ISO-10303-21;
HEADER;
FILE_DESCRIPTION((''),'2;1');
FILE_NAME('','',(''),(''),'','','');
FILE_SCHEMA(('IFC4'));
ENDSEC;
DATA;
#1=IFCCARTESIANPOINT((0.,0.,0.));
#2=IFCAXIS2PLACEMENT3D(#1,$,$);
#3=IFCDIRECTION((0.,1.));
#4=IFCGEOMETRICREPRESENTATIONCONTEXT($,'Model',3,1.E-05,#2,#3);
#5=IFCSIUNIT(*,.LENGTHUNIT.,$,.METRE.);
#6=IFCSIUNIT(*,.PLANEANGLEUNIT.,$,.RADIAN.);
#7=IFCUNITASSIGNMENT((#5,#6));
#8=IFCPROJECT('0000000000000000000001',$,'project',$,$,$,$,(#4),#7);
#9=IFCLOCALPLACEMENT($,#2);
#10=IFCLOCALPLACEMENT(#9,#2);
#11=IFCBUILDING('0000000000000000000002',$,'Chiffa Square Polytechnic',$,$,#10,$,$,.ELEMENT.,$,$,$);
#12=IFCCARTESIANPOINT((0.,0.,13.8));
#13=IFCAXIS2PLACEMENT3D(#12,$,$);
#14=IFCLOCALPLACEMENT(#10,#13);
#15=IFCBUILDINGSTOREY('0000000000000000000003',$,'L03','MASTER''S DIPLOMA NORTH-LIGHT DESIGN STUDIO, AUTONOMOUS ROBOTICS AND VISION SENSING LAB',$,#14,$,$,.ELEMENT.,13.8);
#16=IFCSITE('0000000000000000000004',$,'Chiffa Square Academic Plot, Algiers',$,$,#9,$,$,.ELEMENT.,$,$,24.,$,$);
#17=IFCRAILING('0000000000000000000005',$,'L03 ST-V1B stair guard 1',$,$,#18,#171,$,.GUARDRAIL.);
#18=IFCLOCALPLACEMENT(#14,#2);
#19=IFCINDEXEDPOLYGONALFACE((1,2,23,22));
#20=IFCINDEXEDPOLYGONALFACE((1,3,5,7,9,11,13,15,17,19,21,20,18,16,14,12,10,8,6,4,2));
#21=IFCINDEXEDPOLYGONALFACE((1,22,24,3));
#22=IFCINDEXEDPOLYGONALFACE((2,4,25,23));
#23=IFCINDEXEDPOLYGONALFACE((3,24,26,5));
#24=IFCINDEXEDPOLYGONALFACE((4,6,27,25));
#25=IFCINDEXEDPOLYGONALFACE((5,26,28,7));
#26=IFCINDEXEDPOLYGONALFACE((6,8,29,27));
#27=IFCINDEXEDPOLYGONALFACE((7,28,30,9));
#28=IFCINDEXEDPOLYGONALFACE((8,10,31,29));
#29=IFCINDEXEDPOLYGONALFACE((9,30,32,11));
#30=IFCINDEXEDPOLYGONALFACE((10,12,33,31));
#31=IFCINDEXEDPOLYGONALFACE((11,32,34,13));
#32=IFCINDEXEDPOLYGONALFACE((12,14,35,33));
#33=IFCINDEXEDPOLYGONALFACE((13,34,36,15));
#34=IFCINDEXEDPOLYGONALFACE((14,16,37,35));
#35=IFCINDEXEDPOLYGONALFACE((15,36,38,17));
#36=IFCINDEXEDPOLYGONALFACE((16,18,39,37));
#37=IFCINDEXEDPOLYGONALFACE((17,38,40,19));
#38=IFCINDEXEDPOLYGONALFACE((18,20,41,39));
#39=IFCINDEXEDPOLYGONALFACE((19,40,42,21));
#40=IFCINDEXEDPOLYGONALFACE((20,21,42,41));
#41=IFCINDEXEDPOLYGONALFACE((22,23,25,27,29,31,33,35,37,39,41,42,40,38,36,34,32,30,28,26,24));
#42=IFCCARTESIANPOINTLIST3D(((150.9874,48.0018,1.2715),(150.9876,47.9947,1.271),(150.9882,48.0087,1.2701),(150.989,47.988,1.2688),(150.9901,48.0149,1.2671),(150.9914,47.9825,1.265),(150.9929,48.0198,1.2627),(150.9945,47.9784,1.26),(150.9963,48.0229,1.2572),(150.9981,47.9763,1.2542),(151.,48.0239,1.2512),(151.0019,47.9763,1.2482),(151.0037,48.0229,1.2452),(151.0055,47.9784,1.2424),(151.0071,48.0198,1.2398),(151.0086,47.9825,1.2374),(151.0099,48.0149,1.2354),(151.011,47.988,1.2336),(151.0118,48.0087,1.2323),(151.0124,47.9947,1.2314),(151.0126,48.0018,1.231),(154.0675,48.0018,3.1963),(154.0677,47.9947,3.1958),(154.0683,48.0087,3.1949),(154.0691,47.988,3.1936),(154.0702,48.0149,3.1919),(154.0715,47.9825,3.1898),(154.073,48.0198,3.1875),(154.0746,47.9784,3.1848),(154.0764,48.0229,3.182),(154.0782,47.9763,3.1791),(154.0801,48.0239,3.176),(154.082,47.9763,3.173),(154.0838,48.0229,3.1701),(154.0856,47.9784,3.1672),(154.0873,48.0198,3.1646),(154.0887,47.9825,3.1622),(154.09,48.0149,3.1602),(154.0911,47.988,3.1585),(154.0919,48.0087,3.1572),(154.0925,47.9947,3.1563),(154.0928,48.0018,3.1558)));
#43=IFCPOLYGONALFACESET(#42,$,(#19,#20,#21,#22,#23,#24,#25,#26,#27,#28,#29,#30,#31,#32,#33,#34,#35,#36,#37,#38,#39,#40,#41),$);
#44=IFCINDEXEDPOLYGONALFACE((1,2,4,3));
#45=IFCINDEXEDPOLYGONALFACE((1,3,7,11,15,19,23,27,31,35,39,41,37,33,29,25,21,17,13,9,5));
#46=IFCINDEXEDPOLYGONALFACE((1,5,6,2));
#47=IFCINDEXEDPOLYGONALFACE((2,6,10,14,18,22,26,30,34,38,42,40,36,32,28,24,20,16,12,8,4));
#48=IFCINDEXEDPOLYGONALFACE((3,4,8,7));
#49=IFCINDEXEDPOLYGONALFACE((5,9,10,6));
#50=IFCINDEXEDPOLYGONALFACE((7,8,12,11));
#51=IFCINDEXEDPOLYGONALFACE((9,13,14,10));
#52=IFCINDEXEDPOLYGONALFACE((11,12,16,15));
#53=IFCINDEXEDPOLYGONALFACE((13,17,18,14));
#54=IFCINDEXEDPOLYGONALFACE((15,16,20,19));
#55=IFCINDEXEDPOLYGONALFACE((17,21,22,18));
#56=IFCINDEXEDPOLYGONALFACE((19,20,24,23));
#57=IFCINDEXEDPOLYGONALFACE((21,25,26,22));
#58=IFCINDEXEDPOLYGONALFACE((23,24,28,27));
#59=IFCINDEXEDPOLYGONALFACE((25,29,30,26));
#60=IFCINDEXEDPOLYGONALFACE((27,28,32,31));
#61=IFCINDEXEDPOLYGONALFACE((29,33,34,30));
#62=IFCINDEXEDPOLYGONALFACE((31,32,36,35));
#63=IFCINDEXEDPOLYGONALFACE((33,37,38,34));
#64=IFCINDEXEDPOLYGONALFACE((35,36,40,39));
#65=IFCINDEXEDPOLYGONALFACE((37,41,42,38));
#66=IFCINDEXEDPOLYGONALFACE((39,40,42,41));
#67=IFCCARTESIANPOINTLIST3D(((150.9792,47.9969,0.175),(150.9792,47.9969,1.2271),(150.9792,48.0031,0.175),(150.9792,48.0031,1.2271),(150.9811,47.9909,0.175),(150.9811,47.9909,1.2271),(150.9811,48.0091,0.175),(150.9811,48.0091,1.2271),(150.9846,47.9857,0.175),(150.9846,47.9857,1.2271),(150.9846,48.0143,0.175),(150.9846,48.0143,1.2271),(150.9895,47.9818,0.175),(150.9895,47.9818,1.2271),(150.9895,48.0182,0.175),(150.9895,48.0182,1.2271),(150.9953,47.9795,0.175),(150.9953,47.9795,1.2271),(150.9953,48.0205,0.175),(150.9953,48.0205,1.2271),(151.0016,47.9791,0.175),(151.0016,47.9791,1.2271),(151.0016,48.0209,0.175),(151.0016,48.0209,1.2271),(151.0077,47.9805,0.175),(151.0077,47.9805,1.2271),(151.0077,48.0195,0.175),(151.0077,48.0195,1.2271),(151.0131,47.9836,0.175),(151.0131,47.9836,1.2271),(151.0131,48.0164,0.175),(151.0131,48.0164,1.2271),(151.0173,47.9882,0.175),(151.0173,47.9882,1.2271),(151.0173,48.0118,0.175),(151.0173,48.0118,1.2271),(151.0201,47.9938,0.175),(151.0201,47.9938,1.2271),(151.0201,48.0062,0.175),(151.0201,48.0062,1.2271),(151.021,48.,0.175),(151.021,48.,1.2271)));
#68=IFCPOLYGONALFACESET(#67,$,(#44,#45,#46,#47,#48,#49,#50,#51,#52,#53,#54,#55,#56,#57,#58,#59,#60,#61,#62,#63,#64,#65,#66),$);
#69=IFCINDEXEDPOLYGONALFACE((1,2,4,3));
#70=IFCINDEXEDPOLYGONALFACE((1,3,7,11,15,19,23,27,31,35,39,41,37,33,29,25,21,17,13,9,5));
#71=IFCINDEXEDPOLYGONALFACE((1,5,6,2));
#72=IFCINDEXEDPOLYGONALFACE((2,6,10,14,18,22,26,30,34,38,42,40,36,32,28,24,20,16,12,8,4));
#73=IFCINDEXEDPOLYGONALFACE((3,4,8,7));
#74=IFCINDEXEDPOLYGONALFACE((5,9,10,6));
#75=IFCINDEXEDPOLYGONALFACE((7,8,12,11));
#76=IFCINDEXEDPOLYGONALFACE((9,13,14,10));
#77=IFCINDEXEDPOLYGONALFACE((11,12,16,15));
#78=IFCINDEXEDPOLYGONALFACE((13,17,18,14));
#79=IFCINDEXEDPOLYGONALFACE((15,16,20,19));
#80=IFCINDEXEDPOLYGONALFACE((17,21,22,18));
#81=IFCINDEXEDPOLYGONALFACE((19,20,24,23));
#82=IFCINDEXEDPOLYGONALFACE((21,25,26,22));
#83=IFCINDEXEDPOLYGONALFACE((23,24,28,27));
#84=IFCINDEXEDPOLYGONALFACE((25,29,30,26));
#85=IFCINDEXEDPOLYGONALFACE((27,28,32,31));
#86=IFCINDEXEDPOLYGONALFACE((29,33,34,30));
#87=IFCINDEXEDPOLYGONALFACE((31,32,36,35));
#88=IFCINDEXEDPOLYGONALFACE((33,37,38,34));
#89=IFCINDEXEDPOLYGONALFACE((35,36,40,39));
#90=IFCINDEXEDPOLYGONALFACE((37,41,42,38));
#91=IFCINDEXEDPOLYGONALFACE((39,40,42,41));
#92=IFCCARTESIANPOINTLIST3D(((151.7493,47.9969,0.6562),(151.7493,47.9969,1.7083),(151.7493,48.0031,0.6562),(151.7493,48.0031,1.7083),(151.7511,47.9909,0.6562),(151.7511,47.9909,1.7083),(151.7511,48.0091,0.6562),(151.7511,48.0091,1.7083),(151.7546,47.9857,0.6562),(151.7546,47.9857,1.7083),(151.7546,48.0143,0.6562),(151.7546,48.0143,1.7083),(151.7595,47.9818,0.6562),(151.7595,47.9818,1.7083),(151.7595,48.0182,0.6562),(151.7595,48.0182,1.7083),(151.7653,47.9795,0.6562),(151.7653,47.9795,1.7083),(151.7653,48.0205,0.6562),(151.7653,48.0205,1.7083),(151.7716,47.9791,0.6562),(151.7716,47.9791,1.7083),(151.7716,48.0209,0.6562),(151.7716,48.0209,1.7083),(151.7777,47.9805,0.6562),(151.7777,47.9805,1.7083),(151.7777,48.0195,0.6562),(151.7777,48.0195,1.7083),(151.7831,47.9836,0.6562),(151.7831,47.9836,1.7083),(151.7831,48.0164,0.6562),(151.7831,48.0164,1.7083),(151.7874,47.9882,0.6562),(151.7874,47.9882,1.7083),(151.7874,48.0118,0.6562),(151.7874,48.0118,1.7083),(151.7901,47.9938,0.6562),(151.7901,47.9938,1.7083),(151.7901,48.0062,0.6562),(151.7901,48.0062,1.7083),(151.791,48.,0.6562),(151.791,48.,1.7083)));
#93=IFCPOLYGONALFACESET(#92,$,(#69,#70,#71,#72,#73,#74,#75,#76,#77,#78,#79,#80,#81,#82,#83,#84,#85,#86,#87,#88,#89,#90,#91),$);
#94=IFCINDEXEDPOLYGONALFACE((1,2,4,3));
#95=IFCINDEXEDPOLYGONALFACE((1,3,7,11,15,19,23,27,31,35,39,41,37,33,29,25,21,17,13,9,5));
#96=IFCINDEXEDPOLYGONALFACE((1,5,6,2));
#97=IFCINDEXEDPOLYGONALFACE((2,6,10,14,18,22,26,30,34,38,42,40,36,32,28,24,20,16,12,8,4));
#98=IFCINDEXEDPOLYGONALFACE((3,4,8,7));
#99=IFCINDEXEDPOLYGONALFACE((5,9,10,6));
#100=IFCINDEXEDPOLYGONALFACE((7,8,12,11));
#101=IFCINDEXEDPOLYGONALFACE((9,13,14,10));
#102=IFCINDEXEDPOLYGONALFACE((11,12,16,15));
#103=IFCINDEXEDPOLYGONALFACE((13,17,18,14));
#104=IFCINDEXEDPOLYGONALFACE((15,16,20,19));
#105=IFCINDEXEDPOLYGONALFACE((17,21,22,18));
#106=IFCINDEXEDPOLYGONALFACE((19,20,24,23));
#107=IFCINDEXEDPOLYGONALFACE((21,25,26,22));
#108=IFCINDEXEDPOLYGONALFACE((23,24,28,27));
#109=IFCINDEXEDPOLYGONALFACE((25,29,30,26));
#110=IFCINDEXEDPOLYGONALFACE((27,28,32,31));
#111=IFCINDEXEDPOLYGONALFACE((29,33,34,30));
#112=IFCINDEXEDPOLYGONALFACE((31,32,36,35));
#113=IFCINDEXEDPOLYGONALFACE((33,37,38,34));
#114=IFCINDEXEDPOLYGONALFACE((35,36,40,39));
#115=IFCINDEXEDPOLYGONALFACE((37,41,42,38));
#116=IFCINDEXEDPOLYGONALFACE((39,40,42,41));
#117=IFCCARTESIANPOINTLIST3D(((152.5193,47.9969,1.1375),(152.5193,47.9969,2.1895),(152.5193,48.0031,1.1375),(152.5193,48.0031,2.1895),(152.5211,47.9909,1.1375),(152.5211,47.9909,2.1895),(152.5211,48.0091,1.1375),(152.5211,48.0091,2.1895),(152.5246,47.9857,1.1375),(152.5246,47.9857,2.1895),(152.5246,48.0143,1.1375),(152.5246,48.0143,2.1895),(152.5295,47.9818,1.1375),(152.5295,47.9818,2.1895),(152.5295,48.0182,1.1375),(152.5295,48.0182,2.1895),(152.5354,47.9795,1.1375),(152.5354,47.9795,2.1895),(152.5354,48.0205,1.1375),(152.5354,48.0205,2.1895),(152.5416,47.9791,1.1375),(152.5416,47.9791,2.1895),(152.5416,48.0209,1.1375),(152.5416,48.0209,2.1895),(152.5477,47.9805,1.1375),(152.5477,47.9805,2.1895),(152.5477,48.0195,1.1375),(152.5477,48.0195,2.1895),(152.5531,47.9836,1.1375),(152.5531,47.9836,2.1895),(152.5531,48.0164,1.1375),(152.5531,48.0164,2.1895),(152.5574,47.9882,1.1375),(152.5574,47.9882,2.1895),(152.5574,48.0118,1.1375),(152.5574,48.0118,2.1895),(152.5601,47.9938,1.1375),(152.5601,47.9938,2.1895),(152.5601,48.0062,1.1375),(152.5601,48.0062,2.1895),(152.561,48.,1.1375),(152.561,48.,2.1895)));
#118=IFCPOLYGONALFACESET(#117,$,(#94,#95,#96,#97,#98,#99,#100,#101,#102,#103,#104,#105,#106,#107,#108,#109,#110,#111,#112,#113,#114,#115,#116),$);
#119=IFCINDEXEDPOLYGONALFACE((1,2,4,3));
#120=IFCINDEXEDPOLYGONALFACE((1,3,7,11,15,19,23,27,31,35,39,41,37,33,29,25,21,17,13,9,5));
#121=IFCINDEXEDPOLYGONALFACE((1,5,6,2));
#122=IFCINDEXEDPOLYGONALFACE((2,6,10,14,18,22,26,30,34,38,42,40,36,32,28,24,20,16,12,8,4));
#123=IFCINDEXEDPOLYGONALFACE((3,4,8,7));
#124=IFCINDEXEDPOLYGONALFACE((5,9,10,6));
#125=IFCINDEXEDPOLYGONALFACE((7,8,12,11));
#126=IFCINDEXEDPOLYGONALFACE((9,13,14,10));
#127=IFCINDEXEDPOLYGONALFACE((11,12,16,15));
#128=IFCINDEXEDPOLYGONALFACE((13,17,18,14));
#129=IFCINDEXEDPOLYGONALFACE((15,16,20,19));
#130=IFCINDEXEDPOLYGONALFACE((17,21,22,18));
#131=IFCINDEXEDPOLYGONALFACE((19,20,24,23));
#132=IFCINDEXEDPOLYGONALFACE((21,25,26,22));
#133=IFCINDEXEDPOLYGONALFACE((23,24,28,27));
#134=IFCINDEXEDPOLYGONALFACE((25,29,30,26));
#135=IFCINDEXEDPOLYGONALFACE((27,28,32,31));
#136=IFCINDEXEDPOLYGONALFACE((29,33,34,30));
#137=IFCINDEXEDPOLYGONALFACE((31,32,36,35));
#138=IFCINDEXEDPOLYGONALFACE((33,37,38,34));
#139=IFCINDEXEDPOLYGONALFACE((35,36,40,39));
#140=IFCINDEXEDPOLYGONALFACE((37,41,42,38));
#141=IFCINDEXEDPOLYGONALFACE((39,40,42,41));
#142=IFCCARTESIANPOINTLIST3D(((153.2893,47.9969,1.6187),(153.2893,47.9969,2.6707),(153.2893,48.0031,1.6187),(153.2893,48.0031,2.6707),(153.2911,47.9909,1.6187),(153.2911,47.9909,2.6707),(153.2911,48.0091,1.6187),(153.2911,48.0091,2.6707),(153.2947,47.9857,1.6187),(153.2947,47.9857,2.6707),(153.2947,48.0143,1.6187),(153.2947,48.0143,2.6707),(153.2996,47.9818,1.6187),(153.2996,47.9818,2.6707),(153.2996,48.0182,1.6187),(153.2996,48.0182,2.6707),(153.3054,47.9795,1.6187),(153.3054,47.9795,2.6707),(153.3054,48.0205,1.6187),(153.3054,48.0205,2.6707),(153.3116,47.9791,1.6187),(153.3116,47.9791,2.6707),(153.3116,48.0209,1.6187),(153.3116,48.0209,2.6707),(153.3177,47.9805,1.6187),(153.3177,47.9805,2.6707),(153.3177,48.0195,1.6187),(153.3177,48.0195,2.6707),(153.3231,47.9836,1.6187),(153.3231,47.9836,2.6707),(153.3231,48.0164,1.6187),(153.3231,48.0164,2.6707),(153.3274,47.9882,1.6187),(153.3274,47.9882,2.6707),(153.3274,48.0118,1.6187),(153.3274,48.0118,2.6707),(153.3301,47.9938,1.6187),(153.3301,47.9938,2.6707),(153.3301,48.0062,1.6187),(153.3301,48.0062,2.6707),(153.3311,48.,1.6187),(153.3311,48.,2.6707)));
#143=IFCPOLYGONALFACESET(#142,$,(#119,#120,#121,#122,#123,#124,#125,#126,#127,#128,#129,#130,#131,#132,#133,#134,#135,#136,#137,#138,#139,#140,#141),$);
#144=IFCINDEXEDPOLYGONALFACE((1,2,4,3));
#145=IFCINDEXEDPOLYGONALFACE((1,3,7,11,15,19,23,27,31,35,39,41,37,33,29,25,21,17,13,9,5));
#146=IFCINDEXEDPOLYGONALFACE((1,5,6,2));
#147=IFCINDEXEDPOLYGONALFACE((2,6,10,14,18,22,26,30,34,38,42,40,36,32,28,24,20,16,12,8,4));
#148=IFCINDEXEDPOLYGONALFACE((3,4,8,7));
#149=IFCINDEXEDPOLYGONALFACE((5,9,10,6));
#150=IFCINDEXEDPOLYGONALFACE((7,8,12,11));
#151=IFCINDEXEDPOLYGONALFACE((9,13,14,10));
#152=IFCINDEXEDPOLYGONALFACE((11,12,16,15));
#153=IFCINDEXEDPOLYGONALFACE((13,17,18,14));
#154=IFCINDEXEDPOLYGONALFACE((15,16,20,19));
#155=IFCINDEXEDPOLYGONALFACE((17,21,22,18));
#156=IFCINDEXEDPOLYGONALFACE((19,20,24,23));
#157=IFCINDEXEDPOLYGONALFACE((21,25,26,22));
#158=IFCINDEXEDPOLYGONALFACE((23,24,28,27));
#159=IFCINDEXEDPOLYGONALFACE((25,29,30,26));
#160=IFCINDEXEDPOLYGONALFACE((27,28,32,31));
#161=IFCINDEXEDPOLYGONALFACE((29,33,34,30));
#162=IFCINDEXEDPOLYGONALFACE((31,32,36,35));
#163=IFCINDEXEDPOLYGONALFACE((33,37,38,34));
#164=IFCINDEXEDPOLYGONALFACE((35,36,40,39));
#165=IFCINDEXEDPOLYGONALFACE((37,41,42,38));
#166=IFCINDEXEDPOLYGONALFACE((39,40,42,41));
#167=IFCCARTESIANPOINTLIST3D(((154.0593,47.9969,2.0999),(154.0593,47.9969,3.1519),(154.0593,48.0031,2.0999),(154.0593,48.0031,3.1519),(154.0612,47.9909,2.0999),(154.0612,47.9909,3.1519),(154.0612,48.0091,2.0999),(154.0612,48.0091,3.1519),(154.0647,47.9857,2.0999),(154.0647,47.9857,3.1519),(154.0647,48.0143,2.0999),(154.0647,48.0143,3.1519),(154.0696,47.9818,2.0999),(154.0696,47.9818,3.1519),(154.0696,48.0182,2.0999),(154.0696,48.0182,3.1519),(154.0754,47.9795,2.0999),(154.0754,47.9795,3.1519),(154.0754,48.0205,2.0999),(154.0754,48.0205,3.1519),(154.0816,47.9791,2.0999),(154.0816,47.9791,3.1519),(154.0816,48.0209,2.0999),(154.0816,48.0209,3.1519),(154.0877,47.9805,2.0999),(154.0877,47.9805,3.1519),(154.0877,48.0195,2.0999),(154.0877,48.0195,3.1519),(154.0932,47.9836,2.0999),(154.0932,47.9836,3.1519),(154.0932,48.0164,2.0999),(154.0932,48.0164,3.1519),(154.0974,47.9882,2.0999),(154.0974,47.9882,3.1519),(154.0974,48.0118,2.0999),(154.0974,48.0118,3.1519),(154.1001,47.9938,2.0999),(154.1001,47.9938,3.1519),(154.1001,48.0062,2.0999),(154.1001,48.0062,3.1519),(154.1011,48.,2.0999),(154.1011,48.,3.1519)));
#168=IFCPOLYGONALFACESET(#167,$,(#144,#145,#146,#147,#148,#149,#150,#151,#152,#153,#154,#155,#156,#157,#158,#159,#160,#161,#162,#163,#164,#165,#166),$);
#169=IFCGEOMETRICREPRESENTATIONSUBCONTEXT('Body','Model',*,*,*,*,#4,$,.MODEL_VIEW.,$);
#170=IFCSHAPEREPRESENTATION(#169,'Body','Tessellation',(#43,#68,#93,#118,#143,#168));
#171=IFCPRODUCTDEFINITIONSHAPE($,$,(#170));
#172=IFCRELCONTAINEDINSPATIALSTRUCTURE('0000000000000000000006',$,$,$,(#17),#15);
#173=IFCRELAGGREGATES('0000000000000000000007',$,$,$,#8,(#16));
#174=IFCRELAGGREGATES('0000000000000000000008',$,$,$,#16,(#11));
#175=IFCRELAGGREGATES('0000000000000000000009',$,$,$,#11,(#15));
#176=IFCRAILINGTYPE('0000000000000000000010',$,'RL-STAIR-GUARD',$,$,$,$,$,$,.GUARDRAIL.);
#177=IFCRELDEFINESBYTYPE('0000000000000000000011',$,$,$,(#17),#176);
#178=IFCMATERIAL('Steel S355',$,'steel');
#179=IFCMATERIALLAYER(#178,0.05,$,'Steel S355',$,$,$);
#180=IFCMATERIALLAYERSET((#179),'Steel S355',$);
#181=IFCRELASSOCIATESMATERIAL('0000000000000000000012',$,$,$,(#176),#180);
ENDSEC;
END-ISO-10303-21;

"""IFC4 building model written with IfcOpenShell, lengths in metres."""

from ifc_helpers import new_model, si_unit, direction, frame, origin, origin_2d, place, context, subcontext, project, spatial, circle, extrude, material, layer, layer_set, type_object, element, save


model = new_model("IFC4")

# Units and contexts
model_context = context("Model", 3, precision=1e-05, world=origin(), true_north=direction((0.0, 1.0)))
body_context = subcontext(model_context, "Body", "Model", "MODEL_VIEW")
ifc_project = project(units=[si_unit("LENGTHUNIT", "METRE"), si_unit("PLANEANGLEUNIT", "RADIAN")], contexts=[model_context])

# Site, building, storey
site_placement = place(None, origin())
site = spatial("IfcSite", under=ifc_project, at=site_placement, Name="Chiffa Square Academic Plot, Algiers", CompositionType="ELEMENT", RefElevation=24.0)
building_placement = place(site_placement, origin())
building = spatial("IfcBuilding", under=site, at=building_placement, Name="Chiffa Square Polytechnic", CompositionType="ELEMENT")
storey_placement = place(building_placement, frame((0.0, 0.0, 13.8)))
storey = spatial("IfcBuildingStorey", under=building, at=storey_placement, Name="L03", Description="MASTER'S DIPLOMA NORTH-LIGHT DESIGN STUDIO, AUTONOMOUS ROBOTICS AND VISION SENSING LAB", CompositionType="ELEMENT", Elevation=13.8)

# Railing
ifc_material_1 = material(Name="Steel S355", Category="steel")
ifc_layer_1 = layer(ifc_material_1, 0.05, Name="Steel S355")
ifc_layer_set_1 = layer_set([ifc_layer_1], Name="Steel S355")
railing_type_1 = type_object("IfcRailingType", Name="RL-STAIR-GUARD", PredefinedType="GUARDRAIL", material=ifc_layer_set_1)
railing_1_placement = place(storey_placement, frame((151.0, 48.0, 0.175)))
element("IfcRailing", 1, at=railing_1_placement, inside=storey, type_object=railing_type_1, Name="L03 ST-V1B stair guard 1", PredefinedType="GUARDRAIL", context=body_context, shape_type="SweptSolid", body=[
    extrude(circle(Radius=0.0239, at=origin_2d()), frame((0.0, 0.0, 1.0762), z_axis=(0.848029, 0.0, 0.529951), x_axis=(0.0, 1.0, 0.0)), (0.0, 0.0, 1.0), 3.6321),
    extrude(circle(Radius=0.021, at=origin_2d()), origin(), (0.0, 0.0, 1.0), 1.052),
    extrude(circle(Radius=0.021, at=origin_2d()), frame((0.77, 0.0, 0.4812)), (0.0, 0.0, 1.0), 1.052),
    extrude(circle(Radius=0.021, at=origin_2d()), frame((1.54, 0.0, 0.9624)), (0.0, 0.0, 1.0), 1.052),
    extrude(circle(Radius=0.021, at=origin_2d()), frame((2.3101, 0.0, 1.4436)), (0.0, 0.0, 1.0), 1.052),
    extrude(circle(Radius=0.021, at=origin_2d()), frame((3.0801, 0.0, 1.9248)), (0.0, 0.0, 1.0), 1.052),
])

save(model, "model.ifc")
